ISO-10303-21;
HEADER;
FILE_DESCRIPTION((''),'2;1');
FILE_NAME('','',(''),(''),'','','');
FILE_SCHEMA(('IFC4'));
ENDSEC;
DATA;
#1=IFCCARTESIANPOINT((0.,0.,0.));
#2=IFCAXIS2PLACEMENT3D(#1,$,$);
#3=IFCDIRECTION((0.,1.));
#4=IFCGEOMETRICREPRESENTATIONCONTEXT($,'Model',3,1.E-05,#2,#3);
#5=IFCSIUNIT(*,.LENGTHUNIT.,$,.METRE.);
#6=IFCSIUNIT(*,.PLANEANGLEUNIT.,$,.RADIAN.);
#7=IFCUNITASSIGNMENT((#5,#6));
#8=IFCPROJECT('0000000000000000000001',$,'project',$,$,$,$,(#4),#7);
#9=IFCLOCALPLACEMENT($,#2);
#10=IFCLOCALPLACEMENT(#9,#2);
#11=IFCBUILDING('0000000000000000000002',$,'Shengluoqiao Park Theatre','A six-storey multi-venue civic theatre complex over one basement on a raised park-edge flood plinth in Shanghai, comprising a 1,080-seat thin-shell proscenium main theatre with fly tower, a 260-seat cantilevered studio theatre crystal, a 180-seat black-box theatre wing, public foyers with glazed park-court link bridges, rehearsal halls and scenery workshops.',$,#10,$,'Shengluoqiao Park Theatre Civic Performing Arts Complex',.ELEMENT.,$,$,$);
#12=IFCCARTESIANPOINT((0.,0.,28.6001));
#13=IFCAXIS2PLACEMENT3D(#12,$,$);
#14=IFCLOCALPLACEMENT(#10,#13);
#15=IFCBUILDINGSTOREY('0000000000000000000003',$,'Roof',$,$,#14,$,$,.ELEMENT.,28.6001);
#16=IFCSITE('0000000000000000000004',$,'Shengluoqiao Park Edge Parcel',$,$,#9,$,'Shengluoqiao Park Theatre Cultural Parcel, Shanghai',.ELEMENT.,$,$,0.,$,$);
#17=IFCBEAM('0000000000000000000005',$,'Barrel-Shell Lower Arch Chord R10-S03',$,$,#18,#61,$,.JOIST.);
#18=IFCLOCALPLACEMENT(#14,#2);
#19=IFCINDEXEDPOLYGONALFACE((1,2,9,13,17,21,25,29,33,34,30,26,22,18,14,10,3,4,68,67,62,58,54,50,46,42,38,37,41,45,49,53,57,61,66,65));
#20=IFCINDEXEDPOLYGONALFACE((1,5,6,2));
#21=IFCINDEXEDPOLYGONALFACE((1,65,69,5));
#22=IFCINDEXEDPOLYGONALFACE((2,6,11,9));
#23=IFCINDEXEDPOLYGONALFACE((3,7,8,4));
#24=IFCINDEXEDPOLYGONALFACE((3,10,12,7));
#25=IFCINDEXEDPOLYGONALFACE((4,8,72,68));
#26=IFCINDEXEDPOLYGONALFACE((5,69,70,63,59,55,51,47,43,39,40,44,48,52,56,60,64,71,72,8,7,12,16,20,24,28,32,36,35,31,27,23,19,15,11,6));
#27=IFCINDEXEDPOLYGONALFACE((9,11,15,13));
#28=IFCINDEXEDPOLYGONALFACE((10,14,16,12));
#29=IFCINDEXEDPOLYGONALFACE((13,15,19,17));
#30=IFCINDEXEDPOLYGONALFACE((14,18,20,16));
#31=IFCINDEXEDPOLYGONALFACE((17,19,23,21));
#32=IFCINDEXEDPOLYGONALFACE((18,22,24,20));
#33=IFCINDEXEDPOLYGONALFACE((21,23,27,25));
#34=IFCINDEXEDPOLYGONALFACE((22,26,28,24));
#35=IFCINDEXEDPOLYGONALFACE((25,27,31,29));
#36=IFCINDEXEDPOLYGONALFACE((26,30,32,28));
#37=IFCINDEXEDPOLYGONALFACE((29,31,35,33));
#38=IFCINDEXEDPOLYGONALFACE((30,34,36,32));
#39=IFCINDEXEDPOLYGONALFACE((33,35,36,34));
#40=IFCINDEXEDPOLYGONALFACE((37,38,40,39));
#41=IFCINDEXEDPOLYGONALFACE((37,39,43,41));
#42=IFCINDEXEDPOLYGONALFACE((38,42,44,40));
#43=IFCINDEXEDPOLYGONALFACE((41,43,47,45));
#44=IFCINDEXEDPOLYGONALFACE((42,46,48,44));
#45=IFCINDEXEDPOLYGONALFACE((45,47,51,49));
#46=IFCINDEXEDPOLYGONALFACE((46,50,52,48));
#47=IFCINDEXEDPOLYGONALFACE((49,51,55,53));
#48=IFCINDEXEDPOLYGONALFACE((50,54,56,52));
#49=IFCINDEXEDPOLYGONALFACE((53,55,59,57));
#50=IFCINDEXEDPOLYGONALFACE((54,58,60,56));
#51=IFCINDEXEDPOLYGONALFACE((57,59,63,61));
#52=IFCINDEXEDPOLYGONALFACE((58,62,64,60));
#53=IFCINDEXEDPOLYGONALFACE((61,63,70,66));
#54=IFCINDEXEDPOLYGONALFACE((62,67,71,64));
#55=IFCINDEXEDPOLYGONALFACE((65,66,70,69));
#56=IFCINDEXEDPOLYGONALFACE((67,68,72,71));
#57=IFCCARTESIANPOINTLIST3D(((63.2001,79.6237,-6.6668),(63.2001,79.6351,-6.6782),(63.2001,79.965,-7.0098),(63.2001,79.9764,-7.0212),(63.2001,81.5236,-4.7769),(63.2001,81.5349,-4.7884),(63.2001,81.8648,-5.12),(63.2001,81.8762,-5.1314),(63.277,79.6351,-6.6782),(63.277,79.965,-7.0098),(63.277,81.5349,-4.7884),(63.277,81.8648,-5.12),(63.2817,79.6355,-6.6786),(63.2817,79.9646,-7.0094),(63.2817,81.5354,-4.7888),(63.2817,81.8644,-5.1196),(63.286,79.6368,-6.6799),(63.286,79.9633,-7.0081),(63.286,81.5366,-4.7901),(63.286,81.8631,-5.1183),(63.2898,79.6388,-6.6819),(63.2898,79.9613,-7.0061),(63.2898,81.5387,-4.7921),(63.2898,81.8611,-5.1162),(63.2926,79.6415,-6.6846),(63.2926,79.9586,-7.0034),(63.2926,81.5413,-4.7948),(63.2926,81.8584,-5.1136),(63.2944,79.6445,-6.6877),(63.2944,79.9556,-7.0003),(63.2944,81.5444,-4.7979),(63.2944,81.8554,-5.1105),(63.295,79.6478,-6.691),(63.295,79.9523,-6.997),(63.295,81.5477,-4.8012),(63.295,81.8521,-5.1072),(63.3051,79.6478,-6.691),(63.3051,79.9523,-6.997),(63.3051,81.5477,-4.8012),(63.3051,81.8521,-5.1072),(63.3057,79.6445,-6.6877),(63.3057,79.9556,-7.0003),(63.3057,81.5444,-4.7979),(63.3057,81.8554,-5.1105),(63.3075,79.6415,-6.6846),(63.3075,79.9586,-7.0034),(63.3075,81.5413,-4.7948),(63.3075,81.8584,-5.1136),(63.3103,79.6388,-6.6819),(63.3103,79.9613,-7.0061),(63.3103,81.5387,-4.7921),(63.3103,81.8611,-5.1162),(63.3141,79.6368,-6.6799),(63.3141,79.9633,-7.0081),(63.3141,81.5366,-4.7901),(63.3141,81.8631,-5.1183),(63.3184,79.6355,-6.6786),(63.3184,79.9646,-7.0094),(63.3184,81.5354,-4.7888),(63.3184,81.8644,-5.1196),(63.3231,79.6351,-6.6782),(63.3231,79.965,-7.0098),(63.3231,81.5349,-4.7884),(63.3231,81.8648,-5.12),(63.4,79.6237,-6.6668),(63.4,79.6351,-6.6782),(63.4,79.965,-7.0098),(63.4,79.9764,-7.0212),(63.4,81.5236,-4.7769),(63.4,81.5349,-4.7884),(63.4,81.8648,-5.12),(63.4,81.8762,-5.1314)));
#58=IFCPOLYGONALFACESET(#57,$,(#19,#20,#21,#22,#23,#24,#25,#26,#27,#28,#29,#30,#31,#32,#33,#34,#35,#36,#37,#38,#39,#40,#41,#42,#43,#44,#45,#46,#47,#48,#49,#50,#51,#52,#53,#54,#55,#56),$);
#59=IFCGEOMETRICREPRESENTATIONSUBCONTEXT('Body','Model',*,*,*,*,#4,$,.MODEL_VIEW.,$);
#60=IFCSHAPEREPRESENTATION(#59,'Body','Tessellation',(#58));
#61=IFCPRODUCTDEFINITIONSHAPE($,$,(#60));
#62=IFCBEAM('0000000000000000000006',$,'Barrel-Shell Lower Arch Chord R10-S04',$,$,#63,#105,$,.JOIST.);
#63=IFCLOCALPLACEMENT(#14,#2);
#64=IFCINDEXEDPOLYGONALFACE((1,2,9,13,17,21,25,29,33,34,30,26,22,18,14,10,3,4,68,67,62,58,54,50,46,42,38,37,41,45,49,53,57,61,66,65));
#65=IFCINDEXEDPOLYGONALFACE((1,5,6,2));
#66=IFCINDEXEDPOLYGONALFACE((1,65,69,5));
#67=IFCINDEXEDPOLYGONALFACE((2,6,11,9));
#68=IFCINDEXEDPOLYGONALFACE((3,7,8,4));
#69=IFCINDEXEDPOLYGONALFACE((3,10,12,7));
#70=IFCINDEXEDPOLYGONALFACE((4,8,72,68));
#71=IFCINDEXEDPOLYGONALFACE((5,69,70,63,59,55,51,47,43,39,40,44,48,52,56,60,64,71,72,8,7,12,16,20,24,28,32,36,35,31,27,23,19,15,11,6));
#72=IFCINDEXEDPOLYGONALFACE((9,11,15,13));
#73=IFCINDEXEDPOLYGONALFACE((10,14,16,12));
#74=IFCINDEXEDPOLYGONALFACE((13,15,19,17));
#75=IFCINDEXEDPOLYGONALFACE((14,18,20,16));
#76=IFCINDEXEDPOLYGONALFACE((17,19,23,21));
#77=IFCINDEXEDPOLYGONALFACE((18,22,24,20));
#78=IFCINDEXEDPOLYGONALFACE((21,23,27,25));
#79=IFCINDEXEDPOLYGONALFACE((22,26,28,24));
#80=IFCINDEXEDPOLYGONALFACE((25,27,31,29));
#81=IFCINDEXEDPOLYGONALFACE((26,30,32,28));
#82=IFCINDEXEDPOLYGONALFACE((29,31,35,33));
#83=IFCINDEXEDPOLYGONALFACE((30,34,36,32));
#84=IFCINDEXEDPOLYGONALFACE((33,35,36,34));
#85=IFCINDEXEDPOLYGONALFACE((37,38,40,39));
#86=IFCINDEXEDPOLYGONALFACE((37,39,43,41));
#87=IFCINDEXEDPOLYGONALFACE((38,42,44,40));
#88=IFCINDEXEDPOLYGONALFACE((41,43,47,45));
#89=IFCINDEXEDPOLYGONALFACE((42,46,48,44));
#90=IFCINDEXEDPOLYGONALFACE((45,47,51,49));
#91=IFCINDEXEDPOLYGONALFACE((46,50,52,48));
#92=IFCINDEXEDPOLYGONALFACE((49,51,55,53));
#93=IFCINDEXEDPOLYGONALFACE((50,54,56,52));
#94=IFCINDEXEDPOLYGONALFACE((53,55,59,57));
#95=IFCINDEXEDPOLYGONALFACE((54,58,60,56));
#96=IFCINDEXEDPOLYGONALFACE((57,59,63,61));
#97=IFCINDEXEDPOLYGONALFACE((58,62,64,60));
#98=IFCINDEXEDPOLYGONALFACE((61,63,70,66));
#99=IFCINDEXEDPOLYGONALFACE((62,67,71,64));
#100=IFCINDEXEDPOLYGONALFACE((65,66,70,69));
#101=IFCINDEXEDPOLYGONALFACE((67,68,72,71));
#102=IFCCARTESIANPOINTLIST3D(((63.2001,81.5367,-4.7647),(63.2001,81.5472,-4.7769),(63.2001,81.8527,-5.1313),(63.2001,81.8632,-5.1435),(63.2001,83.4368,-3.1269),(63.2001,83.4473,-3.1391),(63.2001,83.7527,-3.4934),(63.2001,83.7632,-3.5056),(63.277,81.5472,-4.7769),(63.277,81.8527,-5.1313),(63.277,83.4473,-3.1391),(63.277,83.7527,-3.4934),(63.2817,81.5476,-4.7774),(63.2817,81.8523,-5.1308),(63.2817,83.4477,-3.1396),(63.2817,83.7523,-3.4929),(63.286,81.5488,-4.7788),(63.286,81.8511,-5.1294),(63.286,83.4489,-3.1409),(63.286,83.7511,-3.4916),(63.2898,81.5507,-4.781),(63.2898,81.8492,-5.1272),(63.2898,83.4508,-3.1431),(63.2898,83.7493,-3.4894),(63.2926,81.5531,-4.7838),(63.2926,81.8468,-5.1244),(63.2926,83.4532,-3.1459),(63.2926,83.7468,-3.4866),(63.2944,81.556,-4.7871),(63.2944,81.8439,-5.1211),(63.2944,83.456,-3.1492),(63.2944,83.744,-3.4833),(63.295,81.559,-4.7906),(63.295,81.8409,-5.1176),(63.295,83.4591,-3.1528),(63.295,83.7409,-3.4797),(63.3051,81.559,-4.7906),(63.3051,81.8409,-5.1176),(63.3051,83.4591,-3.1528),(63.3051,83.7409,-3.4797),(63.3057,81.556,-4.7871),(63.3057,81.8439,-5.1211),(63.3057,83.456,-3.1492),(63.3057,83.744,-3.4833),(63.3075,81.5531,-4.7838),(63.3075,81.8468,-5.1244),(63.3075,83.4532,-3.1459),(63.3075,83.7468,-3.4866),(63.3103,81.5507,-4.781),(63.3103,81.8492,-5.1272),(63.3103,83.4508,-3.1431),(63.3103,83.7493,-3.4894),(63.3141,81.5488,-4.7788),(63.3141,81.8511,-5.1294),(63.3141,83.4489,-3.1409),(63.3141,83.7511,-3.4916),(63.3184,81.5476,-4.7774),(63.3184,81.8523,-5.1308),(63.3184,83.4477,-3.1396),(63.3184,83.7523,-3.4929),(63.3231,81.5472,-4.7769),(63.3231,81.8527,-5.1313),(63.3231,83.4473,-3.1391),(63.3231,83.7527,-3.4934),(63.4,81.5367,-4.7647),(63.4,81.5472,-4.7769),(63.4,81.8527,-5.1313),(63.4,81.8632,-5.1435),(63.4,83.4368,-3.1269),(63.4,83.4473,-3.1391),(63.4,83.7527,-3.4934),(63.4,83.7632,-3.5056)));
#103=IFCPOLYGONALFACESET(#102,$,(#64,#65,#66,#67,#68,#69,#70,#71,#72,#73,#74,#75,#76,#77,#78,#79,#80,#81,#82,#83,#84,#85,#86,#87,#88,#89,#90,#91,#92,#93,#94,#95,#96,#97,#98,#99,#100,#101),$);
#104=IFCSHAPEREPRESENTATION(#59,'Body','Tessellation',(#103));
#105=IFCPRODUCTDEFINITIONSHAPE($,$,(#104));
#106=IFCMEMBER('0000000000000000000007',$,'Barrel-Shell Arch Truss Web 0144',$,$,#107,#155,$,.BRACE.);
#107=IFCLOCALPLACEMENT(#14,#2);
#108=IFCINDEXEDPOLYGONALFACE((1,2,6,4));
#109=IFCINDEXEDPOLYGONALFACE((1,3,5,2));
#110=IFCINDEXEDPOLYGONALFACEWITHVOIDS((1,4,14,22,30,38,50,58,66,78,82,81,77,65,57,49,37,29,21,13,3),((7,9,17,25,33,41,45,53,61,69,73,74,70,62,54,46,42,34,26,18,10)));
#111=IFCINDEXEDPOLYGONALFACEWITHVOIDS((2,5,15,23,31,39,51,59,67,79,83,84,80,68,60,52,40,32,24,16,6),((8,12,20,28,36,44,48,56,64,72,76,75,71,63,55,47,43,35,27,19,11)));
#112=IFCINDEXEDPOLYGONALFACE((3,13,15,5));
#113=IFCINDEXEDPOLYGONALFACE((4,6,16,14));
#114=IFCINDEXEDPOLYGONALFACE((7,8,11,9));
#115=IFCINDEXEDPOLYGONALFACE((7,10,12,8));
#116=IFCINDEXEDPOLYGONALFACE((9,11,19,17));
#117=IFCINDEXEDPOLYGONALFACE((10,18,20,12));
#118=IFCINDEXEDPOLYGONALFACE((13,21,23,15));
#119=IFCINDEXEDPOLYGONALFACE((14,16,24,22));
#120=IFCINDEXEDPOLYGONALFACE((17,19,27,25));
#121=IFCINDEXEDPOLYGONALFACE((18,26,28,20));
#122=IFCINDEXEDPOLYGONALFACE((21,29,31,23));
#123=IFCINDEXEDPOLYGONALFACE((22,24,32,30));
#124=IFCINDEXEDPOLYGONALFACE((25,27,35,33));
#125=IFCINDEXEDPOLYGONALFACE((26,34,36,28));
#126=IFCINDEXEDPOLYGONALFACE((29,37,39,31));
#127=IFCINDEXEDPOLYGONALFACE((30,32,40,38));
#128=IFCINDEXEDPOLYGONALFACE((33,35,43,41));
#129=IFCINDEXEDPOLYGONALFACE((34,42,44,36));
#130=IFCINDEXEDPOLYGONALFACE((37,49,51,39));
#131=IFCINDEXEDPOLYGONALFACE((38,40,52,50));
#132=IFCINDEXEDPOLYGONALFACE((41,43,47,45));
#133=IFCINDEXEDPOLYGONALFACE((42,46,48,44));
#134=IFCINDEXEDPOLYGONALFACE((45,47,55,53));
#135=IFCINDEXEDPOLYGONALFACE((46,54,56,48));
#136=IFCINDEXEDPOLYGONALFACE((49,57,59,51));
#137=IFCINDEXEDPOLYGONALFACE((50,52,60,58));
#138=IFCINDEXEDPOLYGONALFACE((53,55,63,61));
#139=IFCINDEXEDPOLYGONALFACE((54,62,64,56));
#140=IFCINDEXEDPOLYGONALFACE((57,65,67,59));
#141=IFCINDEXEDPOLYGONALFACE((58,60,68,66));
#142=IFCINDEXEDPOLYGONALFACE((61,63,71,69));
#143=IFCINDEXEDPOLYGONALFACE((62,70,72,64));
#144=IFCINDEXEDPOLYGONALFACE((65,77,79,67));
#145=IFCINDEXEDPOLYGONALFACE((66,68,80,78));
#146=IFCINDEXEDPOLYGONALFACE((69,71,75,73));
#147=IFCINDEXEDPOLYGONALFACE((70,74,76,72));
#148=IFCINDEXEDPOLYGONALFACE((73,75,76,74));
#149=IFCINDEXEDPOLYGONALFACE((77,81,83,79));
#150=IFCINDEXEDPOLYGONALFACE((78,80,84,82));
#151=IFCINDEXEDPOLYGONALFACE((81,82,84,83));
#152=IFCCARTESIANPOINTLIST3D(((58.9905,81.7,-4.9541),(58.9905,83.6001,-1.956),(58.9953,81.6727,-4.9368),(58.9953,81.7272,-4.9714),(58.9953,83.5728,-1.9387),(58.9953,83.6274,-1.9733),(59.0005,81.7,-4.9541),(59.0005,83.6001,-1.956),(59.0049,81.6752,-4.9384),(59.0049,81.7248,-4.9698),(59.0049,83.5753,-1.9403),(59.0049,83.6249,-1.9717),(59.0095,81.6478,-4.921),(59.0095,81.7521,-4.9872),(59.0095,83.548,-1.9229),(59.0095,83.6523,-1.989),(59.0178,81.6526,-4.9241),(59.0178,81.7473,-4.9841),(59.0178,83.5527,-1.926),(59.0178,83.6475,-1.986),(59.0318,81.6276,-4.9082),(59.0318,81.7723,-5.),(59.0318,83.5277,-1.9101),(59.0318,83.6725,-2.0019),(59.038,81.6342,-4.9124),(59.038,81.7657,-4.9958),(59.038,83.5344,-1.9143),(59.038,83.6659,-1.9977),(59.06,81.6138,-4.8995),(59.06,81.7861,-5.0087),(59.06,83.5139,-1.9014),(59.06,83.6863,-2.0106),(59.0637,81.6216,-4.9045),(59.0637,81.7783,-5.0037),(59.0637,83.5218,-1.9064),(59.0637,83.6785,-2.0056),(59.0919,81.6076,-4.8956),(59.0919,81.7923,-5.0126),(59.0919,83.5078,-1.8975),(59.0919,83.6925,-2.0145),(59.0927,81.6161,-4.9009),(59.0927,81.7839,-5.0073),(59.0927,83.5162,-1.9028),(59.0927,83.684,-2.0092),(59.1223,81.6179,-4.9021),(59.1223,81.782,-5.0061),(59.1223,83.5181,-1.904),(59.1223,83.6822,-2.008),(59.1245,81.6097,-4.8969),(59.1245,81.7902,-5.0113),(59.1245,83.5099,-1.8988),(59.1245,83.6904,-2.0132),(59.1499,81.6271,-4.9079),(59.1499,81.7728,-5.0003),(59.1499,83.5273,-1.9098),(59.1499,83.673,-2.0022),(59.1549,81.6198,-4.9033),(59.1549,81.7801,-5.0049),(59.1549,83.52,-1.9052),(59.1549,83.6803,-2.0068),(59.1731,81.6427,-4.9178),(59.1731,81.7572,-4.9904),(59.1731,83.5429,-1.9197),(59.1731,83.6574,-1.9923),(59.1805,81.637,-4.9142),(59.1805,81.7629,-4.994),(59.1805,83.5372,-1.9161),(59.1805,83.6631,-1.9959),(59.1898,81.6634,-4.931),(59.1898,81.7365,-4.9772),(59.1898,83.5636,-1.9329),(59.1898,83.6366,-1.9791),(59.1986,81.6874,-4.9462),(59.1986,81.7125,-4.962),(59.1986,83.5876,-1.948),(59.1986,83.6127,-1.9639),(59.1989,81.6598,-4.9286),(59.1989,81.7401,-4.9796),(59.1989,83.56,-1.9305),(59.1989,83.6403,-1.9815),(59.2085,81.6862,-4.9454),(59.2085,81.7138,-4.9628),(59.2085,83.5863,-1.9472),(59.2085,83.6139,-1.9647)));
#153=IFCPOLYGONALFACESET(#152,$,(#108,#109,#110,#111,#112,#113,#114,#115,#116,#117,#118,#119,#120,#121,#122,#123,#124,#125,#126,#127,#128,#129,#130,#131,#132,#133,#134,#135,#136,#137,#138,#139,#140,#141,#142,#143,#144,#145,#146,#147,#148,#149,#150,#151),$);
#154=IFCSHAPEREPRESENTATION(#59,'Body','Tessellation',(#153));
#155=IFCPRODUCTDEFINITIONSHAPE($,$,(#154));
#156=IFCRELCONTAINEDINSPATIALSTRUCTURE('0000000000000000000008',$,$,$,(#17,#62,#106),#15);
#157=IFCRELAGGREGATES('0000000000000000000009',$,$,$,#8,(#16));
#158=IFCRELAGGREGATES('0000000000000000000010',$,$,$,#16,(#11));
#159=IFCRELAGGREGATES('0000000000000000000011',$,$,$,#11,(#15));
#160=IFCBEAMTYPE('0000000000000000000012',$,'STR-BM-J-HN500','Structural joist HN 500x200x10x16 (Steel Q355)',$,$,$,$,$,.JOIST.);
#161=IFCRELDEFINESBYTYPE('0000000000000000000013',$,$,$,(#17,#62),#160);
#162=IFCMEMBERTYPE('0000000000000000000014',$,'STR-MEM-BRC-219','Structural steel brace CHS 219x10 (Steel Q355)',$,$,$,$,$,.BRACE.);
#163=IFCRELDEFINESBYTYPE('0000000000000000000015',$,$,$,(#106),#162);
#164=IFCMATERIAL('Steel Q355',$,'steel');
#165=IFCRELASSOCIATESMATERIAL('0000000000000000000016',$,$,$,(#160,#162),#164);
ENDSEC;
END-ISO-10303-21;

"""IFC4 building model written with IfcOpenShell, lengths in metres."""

from ifc_helpers import new_model, si_unit, direction, frame, origin, origin_2d, place, context, subcontext, project, spatial, hollow_circle, i_section, extrude, material, material_profile, profile_set, type_object, element, save


model = new_model("IFC4")

# Units and contexts
model_context = context("Model", 3, precision=1e-05, world=origin(), true_north=direction((0.0, 1.0)))
body_context = subcontext(model_context, "Body", "Model", "MODEL_VIEW")
ifc_project = project(units=[si_unit("LENGTHUNIT", "METRE"), si_unit("PLANEANGLEUNIT", "RADIAN")], contexts=[model_context])

# Site, building, storey
site_placement = place(None, origin())
site = spatial("IfcSite", under=ifc_project, at=site_placement, Name="Shengluoqiao Park Edge Parcel", LongName="Shengluoqiao Park Theatre Cultural Parcel, Shanghai", CompositionType="ELEMENT", RefElevation=0.0)
building_placement = place(site_placement, origin())
building = spatial("IfcBuilding", under=site, at=building_placement, Name="Shengluoqiao Park Theatre", Description="A six-storey multi-venue civic theatre complex over one basement on a raised park-edge flood plinth in Shanghai, comprising a 1,080-seat thin-shell proscenium main theatre with fly tower, a 260-seat cantilevered studio theatre crystal, a 180-seat black-box theatre wing, public foyers with glazed park-court link bridges, rehearsal halls and scenery workshops.", LongName="Shengluoqiao Park Theatre Civic Performing Arts Complex", CompositionType="ELEMENT")
storey_placement = place(building_placement, frame((0.0, 0.0, 28.6001)))
storey = spatial("IfcBuildingStorey", under=building, at=storey_placement, Name="Roof", CompositionType="ELEMENT", Elevation=28.6001)

# Beams
ifc_material_1 = material(Name="Steel Q355", Category="steel")
ifc_material_profile_1 = material_profile(ifc_material_1, i_section(OverallWidth=0.2, OverallDepth=0.5, WebThickness=0.01, FlangeThickness=0.0161, FilletRadius=0.0181, at=origin_2d()), Name="HN 500x200x10x16")
ifc_profile_set_1 = profile_set([ifc_material_profile_1], Name="Steel Q355")
beam_type_1 = type_object("IfcBeamType", Name="STR-BM-J-HN500", Description="Structural joist HN 500x200x10x16 (Steel Q355)", PredefinedType="JOIST", material=ifc_profile_set_1)
beam_1_placement = place(storey_placement, frame((63.3, 79.8, -6.844), z_axis=(0.0, 0.708972, 0.705237), x_axis=(-1.0, 0.0, 0.0)))
element("IfcBeam", 1, at=beam_1_placement, inside=storey, type_object=beam_type_1, Name="Barrel-Shell Lower Arch Chord R10-S03", PredefinedType="JOIST", context=body_context, shape_type="SweptSolid", body=[
    extrude(i_section(OverallWidth=0.2, OverallDepth=0.5, WebThickness=0.01, FlangeThickness=0.0161, FilletRadius=0.0181, at=origin_2d()), origin(), (0.0, 0.0, 1.0), 2.6797),
])
beam_2_placement = place(storey_placement, frame((63.3, 81.7, -4.9541), z_axis=(0.0, 0.757433, 0.652913), x_axis=(-1.0, 0.0, 0.0)))
element("IfcBeam", 2, at=beam_2_placement, inside=storey, type_object=beam_type_1, Name="Barrel-Shell Lower Arch Chord R10-S04", PredefinedType="JOIST", context=body_context, shape_type="SweptSolid", body=[
    extrude(i_section(OverallWidth=0.2, OverallDepth=0.5, WebThickness=0.01, FlangeThickness=0.0161, FilletRadius=0.0181, at=origin_2d()), origin(), (0.0, 0.0, 1.0), 2.5085),
])

# Member
ifc_material_profile_2 = material_profile(ifc_material_1, hollow_circle(Radius=0.1096, WallThickness=0.01, at=origin_2d()), Name="CHS 219x10")
ifc_profile_set_2 = profile_set([ifc_material_profile_2], Name="Steel Q355")
member_type_1 = type_object("IfcMemberType", Name="STR-MEM-BRC-219", Description="Structural steel brace CHS 219x10 (Steel Q355)", PredefinedType="BRACE", material=ifc_profile_set_2)
member_1_placement = place(storey_placement, frame((59.1001, 81.7, -4.9541), z_axis=(0.0, 0.53533, 0.844643), x_axis=(-1.0, 0.0, 0.0)))
element("IfcMember", 3, at=member_1_placement, inside=storey, type_object=member_type_1, Name="Barrel-Shell Arch Truss Web 0144", PredefinedType="BRACE", context=body_context, shape_type="SweptSolid", body=[
    extrude(hollow_circle(Radius=0.1096, WallThickness=0.01, at=origin_2d()), origin(), (0.0, 0.0, 1.0), 3.5496),
])

save(model, "model.ifc")
